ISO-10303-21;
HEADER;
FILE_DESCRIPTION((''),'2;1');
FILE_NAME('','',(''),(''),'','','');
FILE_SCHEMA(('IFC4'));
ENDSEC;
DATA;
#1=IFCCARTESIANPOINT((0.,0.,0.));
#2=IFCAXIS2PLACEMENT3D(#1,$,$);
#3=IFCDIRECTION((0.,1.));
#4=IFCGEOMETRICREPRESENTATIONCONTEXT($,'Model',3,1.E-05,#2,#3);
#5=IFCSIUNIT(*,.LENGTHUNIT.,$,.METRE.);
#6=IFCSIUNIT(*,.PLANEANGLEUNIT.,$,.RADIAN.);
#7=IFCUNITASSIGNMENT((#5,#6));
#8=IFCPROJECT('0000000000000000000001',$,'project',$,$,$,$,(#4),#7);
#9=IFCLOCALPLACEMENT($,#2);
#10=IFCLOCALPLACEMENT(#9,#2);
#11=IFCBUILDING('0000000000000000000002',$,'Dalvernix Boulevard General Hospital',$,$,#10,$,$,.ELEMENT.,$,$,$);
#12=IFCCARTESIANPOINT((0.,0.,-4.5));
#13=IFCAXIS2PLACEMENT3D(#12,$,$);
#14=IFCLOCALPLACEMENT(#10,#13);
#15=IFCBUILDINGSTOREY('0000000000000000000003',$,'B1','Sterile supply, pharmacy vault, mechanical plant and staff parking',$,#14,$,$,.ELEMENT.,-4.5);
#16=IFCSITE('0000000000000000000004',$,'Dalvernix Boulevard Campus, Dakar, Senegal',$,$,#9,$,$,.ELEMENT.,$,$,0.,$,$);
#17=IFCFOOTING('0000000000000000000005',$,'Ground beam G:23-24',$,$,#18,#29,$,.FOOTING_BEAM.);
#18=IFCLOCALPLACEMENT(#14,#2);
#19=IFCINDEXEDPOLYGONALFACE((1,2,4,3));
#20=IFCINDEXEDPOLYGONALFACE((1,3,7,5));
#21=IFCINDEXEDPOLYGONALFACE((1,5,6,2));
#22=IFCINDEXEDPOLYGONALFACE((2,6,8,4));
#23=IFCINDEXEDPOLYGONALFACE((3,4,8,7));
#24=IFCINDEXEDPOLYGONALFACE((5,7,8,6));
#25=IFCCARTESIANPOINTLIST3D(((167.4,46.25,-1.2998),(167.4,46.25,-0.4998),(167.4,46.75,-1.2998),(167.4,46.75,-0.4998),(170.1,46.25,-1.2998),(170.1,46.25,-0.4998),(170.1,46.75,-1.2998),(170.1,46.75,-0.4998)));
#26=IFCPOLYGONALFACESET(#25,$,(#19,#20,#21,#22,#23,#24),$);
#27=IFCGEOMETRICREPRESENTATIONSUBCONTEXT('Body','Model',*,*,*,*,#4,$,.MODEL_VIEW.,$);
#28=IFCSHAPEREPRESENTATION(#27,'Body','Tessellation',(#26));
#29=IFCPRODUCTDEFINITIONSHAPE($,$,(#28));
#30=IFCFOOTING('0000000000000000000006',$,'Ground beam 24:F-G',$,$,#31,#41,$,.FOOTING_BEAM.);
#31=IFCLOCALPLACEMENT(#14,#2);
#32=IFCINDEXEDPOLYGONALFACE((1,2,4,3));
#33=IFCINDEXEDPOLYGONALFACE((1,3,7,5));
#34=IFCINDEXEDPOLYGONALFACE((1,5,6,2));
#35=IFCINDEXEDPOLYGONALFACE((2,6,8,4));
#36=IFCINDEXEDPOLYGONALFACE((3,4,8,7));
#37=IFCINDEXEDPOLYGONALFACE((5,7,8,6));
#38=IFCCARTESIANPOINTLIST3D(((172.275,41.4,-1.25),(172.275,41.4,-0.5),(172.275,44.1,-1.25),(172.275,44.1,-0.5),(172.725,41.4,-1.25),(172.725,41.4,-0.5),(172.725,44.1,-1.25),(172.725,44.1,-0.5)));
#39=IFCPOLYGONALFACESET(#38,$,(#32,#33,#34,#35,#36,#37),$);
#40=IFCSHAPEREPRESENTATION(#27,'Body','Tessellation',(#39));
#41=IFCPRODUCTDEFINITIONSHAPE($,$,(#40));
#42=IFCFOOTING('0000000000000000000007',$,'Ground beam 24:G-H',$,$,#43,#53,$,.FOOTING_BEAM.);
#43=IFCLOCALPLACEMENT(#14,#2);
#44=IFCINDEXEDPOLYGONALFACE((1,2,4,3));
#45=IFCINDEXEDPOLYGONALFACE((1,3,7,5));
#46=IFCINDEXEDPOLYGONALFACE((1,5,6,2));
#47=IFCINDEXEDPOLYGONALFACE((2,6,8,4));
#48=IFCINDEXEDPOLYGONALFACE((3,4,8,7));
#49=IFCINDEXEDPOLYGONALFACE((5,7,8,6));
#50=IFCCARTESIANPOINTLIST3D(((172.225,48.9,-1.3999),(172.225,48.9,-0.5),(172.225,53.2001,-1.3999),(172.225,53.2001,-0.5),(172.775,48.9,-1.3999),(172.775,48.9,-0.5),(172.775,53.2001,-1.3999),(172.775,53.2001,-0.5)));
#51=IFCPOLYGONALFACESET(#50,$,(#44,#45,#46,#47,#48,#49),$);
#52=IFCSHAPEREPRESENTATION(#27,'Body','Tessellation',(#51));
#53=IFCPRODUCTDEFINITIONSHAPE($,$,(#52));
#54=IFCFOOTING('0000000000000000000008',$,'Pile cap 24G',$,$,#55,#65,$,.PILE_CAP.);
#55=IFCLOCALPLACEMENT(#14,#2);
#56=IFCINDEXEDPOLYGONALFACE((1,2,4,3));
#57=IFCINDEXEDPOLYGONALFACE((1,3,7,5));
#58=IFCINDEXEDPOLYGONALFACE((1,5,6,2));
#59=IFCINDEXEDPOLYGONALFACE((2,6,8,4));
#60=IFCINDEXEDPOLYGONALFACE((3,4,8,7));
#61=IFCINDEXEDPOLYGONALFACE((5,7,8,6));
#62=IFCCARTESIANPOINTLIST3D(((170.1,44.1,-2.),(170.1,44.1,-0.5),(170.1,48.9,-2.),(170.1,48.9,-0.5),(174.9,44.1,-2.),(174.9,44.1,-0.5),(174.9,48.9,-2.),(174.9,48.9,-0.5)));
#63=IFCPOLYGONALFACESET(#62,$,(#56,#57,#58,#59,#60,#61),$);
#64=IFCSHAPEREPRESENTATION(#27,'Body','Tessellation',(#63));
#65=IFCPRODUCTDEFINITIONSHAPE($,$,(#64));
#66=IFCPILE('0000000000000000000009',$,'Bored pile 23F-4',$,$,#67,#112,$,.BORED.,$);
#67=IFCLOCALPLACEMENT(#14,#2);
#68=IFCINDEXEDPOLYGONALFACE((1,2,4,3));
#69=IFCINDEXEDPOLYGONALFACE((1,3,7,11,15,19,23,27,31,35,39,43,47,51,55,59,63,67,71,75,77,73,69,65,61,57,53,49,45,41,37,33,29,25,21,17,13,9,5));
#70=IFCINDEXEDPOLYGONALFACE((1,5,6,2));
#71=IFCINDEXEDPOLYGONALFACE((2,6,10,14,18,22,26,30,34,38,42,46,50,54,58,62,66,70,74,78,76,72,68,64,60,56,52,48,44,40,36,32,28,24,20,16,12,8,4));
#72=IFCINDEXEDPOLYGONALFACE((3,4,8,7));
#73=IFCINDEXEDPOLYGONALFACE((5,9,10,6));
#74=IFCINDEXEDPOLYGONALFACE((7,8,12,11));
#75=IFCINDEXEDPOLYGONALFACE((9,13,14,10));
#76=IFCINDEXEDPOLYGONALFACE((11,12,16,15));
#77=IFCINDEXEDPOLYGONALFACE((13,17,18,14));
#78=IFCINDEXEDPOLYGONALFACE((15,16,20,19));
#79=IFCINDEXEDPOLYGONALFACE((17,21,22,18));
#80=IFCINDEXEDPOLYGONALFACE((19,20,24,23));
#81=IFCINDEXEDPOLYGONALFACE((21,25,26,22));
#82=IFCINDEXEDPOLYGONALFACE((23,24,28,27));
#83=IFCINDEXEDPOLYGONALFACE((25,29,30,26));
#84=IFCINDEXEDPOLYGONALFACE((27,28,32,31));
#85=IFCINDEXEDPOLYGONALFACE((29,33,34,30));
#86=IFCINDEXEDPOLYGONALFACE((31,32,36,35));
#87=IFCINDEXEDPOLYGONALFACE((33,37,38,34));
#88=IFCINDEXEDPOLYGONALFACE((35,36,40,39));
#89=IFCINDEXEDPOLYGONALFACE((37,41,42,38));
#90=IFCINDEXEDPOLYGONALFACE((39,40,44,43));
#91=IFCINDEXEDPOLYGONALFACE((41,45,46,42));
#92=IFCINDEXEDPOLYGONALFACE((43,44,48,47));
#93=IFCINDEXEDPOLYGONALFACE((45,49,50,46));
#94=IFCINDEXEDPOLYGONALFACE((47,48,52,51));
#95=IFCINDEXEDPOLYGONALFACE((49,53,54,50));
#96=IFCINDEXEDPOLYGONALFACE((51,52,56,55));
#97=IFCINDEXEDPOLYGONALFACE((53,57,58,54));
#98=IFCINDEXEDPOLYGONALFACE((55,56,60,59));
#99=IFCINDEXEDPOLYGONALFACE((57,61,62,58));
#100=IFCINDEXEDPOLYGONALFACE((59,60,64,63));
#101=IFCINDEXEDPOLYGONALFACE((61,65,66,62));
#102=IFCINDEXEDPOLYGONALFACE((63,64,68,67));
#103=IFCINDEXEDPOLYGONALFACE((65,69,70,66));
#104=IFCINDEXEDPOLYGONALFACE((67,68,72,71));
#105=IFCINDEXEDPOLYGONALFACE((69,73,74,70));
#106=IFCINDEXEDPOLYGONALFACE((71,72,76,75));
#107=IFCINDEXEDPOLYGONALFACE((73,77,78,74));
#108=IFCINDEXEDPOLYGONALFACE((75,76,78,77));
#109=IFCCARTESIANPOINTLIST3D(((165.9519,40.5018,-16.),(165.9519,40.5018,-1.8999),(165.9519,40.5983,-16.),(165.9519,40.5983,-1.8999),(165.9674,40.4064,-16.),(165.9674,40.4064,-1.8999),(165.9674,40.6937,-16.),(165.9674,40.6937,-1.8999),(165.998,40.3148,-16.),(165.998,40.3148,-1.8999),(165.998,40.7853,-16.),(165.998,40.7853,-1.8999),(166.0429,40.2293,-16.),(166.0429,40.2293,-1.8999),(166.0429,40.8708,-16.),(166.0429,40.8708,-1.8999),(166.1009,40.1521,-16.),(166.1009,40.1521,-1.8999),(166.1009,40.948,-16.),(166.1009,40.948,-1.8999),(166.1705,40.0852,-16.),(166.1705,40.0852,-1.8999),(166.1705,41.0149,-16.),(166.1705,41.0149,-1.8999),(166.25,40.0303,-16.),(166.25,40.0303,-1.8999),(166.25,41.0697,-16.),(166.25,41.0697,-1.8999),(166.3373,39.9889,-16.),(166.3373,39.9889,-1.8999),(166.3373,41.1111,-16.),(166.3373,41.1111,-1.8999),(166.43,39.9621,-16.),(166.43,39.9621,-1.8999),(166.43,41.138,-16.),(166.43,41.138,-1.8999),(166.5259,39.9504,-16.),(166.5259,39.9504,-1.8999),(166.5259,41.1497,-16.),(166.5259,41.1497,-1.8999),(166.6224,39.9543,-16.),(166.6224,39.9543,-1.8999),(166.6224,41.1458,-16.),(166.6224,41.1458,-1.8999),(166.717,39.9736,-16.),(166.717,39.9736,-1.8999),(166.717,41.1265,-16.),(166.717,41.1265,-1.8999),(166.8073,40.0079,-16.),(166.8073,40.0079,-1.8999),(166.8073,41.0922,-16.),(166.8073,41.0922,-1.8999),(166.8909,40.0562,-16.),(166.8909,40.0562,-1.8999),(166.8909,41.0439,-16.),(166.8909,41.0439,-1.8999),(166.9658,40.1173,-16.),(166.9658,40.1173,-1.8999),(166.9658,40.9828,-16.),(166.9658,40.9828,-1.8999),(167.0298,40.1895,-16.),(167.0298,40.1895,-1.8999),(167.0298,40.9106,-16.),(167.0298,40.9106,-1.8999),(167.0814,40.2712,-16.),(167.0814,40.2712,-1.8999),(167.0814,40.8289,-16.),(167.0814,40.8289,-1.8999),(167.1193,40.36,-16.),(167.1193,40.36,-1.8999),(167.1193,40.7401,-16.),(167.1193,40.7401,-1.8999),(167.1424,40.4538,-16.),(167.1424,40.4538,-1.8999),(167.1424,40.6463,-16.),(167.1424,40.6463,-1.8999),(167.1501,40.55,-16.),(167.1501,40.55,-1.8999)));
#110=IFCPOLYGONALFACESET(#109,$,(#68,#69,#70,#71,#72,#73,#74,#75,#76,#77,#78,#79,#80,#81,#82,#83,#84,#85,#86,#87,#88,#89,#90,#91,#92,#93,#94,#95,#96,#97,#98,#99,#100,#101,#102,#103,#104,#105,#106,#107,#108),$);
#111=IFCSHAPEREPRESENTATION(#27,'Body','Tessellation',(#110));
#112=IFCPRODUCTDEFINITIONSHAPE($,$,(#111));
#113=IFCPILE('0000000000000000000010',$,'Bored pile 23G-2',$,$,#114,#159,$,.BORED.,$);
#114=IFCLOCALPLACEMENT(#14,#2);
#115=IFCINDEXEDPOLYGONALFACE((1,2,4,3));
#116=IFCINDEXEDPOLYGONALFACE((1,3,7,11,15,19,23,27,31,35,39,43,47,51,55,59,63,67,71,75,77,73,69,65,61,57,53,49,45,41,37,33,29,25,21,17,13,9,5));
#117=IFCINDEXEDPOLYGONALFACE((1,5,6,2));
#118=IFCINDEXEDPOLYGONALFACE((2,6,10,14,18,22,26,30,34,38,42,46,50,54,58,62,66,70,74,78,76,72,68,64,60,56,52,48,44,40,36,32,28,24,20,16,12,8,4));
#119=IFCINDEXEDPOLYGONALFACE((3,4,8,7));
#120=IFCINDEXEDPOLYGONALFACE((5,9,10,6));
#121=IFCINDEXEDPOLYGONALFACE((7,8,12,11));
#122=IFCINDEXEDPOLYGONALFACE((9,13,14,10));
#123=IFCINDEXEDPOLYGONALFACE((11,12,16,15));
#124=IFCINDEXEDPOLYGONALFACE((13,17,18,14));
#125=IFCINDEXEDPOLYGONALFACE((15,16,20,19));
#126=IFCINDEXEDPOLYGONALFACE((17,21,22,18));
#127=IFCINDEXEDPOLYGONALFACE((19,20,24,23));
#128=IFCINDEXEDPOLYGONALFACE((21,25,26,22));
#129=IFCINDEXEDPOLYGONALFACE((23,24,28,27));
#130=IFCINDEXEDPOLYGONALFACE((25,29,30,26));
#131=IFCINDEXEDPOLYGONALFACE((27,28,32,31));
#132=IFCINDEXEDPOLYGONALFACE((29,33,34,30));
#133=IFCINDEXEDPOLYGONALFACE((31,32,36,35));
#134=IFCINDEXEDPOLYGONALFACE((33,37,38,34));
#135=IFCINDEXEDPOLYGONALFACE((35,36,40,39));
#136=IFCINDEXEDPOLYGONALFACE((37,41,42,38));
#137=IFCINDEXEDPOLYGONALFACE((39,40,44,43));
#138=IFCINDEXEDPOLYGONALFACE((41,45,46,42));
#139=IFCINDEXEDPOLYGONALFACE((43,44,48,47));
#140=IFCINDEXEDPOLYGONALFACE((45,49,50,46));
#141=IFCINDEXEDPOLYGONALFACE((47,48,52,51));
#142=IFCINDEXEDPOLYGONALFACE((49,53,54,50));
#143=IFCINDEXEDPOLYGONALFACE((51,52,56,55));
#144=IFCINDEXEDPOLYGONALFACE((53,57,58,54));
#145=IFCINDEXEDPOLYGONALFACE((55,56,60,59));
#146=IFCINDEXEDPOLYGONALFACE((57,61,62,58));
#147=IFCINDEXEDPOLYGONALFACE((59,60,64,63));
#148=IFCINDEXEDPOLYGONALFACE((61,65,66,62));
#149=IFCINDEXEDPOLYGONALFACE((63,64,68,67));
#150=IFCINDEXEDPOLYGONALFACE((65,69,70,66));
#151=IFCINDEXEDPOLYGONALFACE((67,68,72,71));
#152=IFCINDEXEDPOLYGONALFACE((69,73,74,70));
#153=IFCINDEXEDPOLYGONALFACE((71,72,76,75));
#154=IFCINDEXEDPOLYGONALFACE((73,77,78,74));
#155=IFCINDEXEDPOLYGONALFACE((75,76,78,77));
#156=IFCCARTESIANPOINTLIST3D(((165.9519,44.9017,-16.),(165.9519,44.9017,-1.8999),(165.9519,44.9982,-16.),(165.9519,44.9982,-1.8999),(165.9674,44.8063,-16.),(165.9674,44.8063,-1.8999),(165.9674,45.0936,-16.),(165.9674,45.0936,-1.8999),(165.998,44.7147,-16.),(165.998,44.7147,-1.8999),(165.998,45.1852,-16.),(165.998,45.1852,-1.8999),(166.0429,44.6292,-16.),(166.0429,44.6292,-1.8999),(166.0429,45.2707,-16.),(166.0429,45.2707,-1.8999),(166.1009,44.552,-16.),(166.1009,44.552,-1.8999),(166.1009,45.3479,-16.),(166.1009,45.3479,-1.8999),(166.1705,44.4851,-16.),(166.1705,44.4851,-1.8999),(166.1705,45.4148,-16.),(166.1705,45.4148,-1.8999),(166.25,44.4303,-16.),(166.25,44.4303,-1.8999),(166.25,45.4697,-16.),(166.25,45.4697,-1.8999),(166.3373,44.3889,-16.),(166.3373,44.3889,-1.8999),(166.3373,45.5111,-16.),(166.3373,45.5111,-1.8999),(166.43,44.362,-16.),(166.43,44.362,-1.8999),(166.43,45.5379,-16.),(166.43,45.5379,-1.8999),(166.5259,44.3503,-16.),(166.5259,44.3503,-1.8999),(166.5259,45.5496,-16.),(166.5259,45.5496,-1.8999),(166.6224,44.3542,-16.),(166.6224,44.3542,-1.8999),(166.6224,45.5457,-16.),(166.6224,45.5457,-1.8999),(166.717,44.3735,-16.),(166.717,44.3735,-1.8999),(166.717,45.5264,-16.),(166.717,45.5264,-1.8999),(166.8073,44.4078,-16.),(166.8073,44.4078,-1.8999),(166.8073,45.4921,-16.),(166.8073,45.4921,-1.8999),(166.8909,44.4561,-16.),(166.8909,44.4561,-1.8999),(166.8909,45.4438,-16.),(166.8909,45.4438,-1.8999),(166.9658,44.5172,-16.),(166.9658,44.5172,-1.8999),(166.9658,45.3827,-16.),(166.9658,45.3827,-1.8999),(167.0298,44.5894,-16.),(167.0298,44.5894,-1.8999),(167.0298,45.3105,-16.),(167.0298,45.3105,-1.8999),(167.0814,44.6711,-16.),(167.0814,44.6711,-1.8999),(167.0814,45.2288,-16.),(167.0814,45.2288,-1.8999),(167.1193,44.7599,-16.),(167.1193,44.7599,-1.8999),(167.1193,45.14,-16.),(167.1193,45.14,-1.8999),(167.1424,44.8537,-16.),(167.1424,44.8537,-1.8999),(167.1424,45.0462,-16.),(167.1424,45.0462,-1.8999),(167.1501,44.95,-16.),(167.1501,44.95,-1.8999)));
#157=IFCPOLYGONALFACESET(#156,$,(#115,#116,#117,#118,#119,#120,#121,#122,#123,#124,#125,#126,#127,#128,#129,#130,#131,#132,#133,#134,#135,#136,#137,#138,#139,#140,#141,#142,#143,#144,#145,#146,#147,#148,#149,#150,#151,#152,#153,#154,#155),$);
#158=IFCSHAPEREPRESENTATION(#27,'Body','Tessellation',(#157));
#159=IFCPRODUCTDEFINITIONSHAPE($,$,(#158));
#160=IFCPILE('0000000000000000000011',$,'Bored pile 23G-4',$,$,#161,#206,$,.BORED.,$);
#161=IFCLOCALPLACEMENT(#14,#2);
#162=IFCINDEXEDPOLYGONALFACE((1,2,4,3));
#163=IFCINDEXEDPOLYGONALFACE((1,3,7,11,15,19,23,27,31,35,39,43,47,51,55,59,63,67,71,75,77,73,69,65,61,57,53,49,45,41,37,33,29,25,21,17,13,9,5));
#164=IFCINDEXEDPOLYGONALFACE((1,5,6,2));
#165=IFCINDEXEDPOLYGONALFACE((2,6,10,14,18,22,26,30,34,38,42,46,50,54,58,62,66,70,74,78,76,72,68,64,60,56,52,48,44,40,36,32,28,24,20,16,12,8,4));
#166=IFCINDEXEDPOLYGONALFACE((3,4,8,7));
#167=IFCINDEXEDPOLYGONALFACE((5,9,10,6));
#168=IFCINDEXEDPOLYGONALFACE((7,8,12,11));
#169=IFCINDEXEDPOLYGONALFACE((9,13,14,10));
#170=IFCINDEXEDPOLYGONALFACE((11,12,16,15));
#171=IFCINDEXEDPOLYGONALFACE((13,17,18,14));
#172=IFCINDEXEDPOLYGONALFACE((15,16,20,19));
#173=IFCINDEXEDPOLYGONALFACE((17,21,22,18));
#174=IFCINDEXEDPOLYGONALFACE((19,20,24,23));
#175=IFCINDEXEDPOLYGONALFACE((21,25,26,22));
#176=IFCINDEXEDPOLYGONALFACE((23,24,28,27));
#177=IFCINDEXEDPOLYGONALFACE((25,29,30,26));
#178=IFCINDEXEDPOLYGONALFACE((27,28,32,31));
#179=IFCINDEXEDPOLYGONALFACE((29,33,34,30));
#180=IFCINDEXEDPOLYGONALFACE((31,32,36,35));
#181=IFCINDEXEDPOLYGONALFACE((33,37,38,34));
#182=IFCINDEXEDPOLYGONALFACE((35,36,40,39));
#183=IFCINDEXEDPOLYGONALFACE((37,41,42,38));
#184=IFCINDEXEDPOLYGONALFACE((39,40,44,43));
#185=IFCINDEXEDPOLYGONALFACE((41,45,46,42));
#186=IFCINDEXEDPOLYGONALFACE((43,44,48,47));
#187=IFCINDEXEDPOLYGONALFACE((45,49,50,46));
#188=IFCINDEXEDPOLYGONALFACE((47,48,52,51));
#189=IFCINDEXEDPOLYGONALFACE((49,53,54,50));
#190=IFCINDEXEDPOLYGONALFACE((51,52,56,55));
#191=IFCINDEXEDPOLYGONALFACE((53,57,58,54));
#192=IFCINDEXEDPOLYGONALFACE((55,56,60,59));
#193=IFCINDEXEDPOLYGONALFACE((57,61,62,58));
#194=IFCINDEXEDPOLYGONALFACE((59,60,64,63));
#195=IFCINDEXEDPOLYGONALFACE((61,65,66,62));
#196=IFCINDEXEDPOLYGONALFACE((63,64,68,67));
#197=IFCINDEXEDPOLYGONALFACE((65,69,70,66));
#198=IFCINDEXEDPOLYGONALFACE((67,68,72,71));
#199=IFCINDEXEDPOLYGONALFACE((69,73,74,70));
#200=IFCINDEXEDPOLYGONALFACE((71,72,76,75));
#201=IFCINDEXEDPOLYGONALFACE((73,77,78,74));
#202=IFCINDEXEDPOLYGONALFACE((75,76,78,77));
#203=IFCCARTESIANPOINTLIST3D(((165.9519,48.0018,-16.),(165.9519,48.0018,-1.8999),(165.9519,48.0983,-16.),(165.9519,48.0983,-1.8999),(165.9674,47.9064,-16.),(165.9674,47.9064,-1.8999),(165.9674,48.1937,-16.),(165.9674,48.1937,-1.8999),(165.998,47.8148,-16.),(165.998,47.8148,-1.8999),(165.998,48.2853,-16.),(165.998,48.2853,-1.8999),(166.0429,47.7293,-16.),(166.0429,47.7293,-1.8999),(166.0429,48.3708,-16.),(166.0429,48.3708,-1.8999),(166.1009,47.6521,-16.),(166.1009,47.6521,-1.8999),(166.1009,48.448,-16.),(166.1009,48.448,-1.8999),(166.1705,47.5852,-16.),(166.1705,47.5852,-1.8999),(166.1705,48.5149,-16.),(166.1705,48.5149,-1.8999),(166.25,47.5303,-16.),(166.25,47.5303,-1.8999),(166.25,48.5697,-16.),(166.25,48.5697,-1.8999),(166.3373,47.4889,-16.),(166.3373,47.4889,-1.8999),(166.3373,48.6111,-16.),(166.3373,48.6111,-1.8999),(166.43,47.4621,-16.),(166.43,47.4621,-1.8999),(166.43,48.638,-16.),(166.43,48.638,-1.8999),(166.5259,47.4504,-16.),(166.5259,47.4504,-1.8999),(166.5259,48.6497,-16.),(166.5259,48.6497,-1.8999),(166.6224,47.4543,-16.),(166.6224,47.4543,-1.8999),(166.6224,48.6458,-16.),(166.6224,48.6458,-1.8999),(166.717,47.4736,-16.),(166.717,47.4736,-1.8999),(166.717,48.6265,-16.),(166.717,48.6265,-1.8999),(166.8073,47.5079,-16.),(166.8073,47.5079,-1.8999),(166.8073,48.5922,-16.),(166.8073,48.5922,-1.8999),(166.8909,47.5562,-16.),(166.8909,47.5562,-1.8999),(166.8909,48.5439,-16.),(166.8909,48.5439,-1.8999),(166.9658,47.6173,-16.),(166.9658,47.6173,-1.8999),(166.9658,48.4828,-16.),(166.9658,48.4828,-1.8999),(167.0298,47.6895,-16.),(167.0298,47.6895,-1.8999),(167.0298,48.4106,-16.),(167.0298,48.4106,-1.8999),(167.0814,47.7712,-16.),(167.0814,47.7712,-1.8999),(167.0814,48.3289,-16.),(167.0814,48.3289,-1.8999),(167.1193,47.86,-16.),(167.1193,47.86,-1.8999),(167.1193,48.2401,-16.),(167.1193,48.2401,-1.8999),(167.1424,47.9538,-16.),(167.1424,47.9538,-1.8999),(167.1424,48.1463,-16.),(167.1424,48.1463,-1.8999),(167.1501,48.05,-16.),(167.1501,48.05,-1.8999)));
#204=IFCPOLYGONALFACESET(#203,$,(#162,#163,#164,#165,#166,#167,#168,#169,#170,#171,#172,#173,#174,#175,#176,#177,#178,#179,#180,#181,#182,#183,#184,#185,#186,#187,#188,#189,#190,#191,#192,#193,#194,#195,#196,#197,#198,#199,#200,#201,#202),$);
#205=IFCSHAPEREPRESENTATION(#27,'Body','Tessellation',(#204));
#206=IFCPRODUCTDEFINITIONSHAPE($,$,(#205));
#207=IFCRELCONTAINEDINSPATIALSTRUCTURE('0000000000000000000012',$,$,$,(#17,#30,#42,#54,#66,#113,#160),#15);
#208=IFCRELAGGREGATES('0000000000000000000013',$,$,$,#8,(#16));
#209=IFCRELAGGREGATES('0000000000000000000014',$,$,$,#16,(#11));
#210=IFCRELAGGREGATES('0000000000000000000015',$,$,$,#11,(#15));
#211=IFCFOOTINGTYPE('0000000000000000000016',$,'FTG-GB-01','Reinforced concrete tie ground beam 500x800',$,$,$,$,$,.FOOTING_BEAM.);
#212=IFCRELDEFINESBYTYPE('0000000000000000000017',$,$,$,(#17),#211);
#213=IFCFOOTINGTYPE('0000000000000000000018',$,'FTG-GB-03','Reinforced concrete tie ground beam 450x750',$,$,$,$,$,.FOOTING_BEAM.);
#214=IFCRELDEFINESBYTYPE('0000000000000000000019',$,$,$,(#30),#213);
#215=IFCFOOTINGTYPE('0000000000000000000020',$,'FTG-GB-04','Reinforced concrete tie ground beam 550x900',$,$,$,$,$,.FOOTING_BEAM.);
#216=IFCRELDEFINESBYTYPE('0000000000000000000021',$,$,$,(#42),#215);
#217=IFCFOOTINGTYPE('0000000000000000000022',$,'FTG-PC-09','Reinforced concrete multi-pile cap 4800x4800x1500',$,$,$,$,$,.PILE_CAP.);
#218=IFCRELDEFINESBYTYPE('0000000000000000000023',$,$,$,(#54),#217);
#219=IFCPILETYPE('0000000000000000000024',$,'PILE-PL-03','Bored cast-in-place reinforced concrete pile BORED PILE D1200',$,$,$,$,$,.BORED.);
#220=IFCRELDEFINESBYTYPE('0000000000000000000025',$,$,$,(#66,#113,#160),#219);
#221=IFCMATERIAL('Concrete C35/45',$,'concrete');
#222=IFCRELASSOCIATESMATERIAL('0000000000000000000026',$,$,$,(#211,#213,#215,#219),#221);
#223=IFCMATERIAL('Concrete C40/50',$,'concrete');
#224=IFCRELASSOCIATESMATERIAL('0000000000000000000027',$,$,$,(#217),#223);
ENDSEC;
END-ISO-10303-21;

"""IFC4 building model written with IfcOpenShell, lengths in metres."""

from ifc_helpers import new_model, si_unit, direction, frame, origin, origin_2d, place, context, subcontext, project, spatial, rectangle, circle, extrude, material, material_profile, profile_set, type_object, element, save


model = new_model("IFC4")

# Units and contexts
model_context = context("Model", 3, precision=1e-05, world=origin(), true_north=direction((0.0, 1.0)))
body_context = subcontext(model_context, "Body", "Model", "MODEL_VIEW")
ifc_project = project(units=[si_unit("LENGTHUNIT", "METRE"), si_unit("PLANEANGLEUNIT", "RADIAN")], contexts=[model_context])

# Site, building, storey
site_placement = place(None, origin())
site = spatial("IfcSite", under=ifc_project, at=site_placement, Name="Dalvernix Boulevard Campus, Dakar, Senegal", CompositionType="ELEMENT", RefElevation=0.0)
building_placement = place(site_placement, origin())
building = spatial("IfcBuilding", under=site, at=building_placement, Name="Dalvernix Boulevard General Hospital", CompositionType="ELEMENT")
storey_placement = place(building_placement, frame((0.0, 0.0, -4.5)))
storey = spatial("IfcBuildingStorey", under=building, at=storey_placement, Name="B1", Description="Sterile supply, pharmacy vault, mechanical plant and staff parking", CompositionType="ELEMENT", Elevation=-4.5)

# Footings
ifc_material_1 = material(Name="Concrete C35/45", Category="concrete")
footing_type_1 = type_object("IfcFootingType", Name="FTG-GB-01", Description="Reinforced concrete tie ground beam 500x800", PredefinedType="FOOTING_BEAM", material=ifc_material_1)
footing_1_placement = place(storey_placement, frame((168.75, 46.5, -1.2998), z_axis=(0.0, 0.0, 1.0), x_axis=(1.0, 0.0, 0.0)))
element("IfcFooting", 1, at=footing_1_placement, inside=storey, type_object=footing_type_1, Name="Ground beam G:23-24", PredefinedType="FOOTING_BEAM", context=body_context, shape_type="SweptSolid", body=[
    extrude(rectangle(XDim=2.7, YDim=0.5, at=origin_2d()), origin(), (0.0, 0.0, 1.0), 0.8),
])
footing_type_2 = type_object("IfcFootingType", Name="FTG-GB-03", Description="Reinforced concrete tie ground beam 450x750", PredefinedType="FOOTING_BEAM", material=ifc_material_1)
footing_2_placement = place(storey_placement, frame((172.5, 42.75, -1.25), z_axis=(0.0, 0.0, 1.0), x_axis=(0.0, 1.0, 0.0)))
element("IfcFooting", 2, at=footing_2_placement, inside=storey, type_object=footing_type_2, Name="Ground beam 24:F-G", PredefinedType="FOOTING_BEAM", context=body_context, shape_type="SweptSolid", body=[
    extrude(rectangle(XDim=2.7, YDim=0.45, at=origin_2d()), origin(), (0.0, 0.0, 1.0), 0.75),
])
footing_type_3 = type_object("IfcFootingType", Name="FTG-GB-04", Description="Reinforced concrete tie ground beam 550x900", PredefinedType="FOOTING_BEAM", material=ifc_material_1)
footing_3_placement = place(storey_placement, frame((172.5, 51.05, -1.3999), z_axis=(0.0, 0.0, 1.0), x_axis=(0.0, 1.0, 0.0)))
element("IfcFooting", 3, at=footing_3_placement, inside=storey, type_object=footing_type_3, Name="Ground beam 24:G-H", PredefinedType="FOOTING_BEAM", context=body_context, shape_type="SweptSolid", body=[
    extrude(rectangle(XDim=4.3, YDim=0.55, at=origin_2d()), origin(), (0.0, 0.0, 1.0), 0.8999),
])
ifc_material_2 = material(Name="Concrete C40/50", Category="concrete")
footing_type_4 = type_object("IfcFootingType", Name="FTG-PC-09", Description="Reinforced concrete multi-pile cap 4800x4800x1500", PredefinedType="PILE_CAP", material=ifc_material_2)
footing_4_placement = place(storey_placement, frame((172.5, 46.5, -2.0), z_axis=(0.0, 0.0, 1.0), x_axis=(1.0, 0.0, 0.0)))
element("IfcFooting", 4, at=footing_4_placement, inside=storey, type_object=footing_type_4, Name="Pile cap 24G", PredefinedType="PILE_CAP", context=body_context, shape_type="SweptSolid", body=[
    extrude(rectangle(XDim=4.8, YDim=4.8, at=origin_2d()), origin(), (0.0, 0.0, 1.0), 1.5),
])

# Piles
ifc_material_profile_1 = material_profile(ifc_material_1, circle(Radius=0.6001, at=origin_2d()), Name="BORED PILE D1200")
ifc_profile_set_1 = profile_set([ifc_material_profile_1], Name="Concrete C35/45")
pile_type = type_object("IfcPileType", Name="PILE-PL-03", Description="Bored cast-in-place reinforced concrete pile BORED PILE D1200", PredefinedType="BORED", material=ifc_profile_set_1)
for number, where, z_axis, x_axis, name in (
    (5, (166.55, 40.55, -1.8999), (0.0, 0.0, -1.0), (1.0, 0.0, 0.0), "Bored pile 23F-4"),
    (6, (166.55, 44.95, -1.8999), (0.0, 0.0, -1.0), (1.0, 0.0, 0.0), "Bored pile 23G-2"),
    (7, (166.55, 48.05, -1.8999), (0.0, 0.0, -1.0), (1.0, 0.0, 0.0), "Bored pile 23G-4"),
):
    element("IfcPile", number, at=place(storey_placement, frame(where, z_axis=z_axis, x_axis=x_axis)), inside=storey, type_object=pile_type, Name=name, PredefinedType="BORED", context=body_context, shape_type="SweptSolid", body=[
        extrude(circle(Radius=0.6001, at=origin_2d()), origin(), (0.0, 0.0, 1.0), 14.1001),
    ])

save(model, "model.ifc")
